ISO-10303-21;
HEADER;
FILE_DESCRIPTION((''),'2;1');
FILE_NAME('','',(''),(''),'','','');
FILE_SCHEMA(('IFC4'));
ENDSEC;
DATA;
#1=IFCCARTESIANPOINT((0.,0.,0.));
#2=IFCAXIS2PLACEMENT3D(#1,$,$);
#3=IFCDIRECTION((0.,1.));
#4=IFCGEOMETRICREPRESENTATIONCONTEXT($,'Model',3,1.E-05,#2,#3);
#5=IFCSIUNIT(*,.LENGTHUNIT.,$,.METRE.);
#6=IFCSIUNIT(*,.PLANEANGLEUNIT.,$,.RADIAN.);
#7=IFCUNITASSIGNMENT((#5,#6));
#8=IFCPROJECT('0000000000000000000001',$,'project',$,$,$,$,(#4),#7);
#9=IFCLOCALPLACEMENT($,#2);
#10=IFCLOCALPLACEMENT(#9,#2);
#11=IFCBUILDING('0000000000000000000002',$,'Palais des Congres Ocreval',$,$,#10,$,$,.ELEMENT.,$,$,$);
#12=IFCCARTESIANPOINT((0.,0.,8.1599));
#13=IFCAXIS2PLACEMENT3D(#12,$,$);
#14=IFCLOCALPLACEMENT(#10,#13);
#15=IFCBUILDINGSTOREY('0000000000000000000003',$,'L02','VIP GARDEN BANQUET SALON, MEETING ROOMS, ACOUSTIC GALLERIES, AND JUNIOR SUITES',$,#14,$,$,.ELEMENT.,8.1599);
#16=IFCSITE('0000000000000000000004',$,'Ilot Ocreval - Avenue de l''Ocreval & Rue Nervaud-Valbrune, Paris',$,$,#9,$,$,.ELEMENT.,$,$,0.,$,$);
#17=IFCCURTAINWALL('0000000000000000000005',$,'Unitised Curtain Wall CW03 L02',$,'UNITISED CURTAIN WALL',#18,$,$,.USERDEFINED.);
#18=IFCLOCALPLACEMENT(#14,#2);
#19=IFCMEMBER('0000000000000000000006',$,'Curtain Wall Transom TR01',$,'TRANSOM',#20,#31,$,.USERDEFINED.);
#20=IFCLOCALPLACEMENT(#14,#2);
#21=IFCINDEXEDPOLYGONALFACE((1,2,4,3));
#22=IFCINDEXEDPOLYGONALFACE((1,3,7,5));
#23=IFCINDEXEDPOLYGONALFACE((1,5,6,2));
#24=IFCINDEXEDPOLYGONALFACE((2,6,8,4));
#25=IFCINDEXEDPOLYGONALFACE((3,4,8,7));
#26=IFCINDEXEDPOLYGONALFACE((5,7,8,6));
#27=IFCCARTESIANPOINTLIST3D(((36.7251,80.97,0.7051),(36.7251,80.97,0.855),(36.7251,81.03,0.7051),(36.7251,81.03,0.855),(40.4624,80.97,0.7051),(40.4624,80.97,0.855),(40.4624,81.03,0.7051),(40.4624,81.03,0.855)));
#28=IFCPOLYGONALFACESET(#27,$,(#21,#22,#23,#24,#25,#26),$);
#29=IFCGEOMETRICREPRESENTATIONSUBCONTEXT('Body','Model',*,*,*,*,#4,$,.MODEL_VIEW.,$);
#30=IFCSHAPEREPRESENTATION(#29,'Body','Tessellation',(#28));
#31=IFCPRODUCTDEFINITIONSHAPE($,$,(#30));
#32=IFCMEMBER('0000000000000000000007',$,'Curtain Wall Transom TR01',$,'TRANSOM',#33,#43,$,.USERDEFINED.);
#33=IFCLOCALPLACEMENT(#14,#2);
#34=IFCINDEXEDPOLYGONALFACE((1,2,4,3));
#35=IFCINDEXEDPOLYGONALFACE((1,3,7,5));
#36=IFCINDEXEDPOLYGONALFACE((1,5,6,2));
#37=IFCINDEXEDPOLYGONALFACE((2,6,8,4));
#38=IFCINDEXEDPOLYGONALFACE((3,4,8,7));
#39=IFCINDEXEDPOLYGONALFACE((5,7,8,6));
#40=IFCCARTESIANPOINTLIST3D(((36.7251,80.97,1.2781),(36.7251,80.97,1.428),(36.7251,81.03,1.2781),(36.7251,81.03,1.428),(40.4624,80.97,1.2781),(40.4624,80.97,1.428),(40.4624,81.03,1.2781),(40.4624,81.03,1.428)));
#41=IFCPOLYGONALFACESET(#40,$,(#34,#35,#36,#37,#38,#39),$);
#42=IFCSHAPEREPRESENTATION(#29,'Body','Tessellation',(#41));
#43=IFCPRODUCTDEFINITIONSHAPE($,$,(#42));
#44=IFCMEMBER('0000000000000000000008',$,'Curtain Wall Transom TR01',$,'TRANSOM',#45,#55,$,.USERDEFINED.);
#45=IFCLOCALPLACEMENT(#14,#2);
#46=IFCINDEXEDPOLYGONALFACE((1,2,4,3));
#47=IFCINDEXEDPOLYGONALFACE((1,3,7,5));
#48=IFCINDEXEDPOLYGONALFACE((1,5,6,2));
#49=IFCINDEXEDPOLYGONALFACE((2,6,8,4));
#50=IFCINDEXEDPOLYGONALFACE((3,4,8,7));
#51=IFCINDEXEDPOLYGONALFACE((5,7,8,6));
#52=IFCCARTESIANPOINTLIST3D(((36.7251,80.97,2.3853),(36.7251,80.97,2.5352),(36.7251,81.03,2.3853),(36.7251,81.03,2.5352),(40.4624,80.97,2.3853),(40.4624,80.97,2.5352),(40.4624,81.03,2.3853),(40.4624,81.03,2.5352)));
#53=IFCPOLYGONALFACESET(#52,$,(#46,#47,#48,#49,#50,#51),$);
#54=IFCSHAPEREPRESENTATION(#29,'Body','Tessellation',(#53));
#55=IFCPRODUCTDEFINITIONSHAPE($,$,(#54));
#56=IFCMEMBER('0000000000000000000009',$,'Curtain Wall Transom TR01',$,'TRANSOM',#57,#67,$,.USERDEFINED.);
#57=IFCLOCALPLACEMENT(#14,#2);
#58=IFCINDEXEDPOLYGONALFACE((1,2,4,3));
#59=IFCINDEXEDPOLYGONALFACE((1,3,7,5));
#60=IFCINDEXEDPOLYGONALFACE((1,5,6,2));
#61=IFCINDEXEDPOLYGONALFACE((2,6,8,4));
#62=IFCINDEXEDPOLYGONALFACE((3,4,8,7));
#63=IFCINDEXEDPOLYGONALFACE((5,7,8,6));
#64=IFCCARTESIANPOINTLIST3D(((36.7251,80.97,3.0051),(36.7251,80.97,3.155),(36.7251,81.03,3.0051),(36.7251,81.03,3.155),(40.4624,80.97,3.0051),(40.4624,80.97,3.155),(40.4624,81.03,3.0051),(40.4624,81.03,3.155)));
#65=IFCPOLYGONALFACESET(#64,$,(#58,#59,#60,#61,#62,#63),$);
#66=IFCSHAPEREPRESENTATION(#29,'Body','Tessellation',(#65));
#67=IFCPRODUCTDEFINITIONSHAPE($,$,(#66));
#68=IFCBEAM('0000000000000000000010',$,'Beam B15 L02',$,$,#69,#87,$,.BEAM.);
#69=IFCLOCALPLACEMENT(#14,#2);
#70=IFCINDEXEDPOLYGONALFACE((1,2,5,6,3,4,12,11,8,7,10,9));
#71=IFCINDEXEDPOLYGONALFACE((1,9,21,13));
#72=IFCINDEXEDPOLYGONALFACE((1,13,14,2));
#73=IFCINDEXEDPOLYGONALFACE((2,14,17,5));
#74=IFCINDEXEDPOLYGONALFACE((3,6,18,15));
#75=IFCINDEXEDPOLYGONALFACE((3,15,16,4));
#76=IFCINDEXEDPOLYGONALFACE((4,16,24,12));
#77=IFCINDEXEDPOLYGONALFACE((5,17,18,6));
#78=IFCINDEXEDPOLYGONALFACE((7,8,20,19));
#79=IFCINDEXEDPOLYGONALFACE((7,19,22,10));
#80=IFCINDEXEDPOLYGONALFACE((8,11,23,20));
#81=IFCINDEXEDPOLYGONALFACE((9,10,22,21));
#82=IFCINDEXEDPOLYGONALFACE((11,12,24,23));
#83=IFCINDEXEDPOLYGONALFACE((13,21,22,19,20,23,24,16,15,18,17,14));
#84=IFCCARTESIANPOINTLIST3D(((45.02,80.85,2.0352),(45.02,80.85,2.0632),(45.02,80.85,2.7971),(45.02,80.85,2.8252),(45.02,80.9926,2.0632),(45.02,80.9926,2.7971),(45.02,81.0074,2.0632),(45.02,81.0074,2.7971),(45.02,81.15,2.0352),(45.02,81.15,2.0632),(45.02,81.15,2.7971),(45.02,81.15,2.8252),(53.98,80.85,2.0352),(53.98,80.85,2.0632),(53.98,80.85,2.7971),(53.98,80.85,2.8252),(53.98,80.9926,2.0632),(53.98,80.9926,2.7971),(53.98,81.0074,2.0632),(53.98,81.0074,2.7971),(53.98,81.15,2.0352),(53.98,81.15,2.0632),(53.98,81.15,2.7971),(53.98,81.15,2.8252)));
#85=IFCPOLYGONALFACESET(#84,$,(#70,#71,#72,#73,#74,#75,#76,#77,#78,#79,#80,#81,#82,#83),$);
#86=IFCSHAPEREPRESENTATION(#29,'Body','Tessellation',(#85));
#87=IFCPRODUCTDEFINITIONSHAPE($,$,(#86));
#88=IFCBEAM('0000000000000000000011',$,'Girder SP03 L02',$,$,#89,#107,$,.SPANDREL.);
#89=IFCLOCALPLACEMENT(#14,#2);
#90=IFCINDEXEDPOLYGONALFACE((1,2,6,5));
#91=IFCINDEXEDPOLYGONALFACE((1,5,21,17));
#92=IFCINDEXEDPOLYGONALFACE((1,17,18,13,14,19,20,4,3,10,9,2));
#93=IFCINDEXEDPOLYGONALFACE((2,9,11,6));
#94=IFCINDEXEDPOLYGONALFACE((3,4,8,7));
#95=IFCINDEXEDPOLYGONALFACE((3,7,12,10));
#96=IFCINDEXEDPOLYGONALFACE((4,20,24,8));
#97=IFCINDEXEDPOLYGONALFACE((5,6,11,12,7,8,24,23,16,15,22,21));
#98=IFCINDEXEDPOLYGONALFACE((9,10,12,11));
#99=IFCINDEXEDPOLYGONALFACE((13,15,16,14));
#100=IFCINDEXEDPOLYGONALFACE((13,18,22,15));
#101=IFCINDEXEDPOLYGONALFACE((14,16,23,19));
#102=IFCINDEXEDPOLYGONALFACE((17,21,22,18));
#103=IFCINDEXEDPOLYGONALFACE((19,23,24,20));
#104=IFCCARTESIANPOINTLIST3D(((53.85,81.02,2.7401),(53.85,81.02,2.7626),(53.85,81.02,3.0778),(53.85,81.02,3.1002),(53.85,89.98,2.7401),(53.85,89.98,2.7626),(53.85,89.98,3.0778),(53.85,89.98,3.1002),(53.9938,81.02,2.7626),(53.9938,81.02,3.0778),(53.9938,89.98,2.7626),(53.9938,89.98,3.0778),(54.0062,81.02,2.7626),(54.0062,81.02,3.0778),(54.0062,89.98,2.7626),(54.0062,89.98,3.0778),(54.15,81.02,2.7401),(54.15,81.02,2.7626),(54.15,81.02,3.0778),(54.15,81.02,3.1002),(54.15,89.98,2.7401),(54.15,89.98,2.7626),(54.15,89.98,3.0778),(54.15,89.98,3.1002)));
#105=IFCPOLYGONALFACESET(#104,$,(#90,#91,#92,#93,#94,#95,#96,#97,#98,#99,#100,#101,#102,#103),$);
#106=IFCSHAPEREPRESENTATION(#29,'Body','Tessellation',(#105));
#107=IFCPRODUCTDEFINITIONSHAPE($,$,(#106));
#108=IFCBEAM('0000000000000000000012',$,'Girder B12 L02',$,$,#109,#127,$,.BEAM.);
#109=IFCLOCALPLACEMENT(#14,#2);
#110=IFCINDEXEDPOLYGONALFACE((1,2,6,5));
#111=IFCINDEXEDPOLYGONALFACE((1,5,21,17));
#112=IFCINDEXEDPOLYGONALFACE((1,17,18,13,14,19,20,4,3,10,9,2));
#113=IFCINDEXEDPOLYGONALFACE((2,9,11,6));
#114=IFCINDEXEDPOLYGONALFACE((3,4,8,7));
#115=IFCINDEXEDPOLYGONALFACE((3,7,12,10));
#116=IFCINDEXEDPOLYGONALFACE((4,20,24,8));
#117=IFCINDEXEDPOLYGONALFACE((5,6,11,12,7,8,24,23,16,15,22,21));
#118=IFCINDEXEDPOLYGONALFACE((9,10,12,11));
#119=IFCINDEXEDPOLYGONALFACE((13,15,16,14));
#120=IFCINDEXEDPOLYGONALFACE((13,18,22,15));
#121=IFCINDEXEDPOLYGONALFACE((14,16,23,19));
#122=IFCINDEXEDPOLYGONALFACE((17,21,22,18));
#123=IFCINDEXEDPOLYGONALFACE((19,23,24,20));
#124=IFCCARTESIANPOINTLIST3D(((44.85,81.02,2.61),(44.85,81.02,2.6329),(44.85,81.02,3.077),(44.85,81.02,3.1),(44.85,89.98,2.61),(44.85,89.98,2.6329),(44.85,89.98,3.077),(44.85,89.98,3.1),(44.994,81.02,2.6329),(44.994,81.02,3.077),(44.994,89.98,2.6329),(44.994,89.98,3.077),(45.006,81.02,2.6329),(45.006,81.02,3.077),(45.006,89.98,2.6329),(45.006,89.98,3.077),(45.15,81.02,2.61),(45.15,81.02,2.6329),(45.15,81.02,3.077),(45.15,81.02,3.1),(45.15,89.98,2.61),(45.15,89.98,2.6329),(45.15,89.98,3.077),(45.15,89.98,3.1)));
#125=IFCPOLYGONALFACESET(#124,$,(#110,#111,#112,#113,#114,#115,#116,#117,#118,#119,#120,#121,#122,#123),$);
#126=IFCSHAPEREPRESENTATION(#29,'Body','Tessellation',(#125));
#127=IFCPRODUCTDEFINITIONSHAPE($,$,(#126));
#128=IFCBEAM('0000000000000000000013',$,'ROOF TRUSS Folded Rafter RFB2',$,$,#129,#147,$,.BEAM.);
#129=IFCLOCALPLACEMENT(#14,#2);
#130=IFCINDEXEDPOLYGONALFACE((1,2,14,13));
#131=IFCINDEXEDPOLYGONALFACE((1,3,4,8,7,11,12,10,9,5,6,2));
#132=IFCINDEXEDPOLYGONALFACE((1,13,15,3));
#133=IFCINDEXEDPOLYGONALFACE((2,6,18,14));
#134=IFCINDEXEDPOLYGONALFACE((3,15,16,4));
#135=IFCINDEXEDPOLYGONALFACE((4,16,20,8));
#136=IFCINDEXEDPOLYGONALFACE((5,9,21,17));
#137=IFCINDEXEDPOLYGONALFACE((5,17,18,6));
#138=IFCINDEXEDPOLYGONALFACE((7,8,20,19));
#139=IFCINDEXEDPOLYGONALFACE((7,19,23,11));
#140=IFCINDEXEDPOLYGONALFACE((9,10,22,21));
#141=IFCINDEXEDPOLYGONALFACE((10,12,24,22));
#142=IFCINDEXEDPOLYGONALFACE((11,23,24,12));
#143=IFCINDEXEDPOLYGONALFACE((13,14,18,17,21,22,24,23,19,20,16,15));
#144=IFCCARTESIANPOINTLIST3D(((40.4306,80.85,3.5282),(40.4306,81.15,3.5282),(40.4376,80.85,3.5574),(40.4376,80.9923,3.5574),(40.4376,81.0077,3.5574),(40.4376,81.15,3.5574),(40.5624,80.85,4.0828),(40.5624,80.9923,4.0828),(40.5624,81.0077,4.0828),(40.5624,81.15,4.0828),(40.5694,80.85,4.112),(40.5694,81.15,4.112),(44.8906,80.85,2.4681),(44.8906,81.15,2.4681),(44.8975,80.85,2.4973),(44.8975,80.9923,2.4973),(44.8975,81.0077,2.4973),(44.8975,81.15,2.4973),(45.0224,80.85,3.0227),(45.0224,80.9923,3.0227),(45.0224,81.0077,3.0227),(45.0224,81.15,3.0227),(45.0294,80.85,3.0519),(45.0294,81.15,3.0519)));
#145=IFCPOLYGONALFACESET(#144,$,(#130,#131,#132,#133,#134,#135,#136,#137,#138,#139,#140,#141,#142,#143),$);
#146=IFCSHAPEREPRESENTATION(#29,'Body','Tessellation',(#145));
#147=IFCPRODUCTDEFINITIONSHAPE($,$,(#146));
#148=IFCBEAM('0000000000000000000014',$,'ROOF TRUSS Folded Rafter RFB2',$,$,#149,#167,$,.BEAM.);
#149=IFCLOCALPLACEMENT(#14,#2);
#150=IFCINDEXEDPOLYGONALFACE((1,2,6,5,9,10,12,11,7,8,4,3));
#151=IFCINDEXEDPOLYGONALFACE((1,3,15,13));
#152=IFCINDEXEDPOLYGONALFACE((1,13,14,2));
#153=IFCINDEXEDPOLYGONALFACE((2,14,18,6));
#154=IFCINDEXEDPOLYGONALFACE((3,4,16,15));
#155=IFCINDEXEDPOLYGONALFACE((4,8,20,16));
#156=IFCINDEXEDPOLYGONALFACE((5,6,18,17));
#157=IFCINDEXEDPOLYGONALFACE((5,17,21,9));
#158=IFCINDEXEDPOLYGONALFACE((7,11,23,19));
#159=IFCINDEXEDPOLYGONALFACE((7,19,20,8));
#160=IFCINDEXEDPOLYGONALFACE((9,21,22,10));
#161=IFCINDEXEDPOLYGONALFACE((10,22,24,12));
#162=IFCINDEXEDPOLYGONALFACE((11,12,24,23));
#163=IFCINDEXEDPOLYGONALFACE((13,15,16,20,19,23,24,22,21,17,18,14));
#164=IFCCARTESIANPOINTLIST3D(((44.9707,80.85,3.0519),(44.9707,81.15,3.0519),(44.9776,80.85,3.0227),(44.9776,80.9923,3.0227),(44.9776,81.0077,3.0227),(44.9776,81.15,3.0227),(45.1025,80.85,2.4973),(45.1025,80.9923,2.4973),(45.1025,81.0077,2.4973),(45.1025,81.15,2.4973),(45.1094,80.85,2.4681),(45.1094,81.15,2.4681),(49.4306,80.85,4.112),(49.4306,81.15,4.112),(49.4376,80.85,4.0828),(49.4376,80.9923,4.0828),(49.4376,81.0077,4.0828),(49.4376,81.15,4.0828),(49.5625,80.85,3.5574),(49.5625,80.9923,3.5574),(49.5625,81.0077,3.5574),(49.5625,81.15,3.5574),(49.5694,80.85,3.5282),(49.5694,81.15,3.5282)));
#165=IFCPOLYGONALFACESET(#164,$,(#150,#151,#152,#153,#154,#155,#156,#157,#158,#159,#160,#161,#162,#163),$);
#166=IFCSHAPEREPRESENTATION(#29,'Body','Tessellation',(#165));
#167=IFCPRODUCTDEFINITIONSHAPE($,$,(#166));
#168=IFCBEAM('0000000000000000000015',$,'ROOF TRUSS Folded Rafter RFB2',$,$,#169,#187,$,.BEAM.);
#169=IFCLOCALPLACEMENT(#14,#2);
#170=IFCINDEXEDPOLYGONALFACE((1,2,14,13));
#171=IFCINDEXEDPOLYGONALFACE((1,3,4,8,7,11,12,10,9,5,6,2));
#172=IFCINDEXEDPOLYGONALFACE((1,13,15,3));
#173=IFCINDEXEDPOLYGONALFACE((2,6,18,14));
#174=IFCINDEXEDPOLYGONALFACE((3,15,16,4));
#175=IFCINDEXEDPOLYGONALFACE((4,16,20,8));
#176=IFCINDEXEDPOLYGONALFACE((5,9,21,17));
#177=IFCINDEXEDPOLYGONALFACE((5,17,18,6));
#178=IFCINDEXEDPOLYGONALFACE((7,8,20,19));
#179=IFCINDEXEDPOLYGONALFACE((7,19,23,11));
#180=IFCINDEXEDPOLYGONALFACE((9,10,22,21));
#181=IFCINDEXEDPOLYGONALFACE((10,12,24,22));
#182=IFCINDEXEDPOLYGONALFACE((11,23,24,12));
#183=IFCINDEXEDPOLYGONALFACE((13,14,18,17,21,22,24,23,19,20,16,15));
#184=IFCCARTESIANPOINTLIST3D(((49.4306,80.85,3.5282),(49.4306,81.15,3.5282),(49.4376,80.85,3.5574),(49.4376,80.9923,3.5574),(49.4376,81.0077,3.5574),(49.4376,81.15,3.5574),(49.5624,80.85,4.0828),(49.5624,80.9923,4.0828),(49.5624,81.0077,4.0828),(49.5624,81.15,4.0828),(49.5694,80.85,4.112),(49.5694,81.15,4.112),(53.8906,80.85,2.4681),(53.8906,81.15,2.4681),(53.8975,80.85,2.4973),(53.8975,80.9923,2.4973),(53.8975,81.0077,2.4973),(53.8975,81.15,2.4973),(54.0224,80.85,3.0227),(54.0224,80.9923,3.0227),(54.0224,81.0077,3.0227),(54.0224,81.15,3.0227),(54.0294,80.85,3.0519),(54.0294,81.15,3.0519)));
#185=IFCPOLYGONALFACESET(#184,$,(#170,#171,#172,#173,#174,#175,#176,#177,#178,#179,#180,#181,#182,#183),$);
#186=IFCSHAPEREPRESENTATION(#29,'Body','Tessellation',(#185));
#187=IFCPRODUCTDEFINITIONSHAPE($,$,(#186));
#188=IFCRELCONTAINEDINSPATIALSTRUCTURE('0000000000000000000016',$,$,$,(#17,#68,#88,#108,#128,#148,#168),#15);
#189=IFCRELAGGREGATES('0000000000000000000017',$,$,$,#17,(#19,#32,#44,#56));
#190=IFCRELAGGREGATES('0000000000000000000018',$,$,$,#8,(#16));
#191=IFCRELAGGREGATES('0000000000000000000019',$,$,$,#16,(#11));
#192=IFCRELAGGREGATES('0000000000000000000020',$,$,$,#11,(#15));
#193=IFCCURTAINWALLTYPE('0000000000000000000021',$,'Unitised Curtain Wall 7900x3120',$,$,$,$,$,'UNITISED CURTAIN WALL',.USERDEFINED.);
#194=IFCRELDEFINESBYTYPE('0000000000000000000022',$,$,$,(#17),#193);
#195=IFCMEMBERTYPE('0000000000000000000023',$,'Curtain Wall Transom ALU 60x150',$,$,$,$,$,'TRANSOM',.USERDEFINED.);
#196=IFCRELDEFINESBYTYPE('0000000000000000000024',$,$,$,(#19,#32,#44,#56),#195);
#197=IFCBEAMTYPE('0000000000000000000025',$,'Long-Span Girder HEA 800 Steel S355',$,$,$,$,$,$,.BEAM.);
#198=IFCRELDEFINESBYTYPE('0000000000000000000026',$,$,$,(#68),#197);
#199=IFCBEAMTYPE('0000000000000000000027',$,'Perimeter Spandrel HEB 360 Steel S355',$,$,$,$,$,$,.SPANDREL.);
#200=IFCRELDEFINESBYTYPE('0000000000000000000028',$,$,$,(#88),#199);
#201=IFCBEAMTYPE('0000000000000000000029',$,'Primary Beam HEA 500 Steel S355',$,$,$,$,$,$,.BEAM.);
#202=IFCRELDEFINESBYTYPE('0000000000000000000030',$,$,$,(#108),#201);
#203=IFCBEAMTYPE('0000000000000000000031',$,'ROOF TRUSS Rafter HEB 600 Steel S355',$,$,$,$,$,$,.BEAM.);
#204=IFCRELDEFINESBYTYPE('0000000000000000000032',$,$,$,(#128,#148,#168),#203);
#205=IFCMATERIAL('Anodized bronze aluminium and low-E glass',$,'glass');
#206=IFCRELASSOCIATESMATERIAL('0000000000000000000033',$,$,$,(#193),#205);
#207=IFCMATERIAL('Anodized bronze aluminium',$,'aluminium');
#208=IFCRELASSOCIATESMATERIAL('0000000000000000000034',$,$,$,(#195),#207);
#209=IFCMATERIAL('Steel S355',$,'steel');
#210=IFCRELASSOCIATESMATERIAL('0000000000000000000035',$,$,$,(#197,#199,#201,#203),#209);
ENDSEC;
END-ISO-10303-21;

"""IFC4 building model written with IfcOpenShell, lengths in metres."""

from ifc_helpers import new_model, si_unit, direction, frame, origin, origin_2d, place, context, subcontext, project, spatial, rectangle, i_section, extrude, material, material_profile, profile_set, type_object, element, aggregate, save


model = new_model("IFC4")

# Units and contexts
model_context = context("Model", 3, precision=1e-05, world=origin(), true_north=direction((0.0, 1.0)))
body_context = subcontext(model_context, "Body", "Model", "MODEL_VIEW")
ifc_project = project(units=[si_unit("LENGTHUNIT", "METRE"), si_unit("PLANEANGLEUNIT", "RADIAN")], contexts=[model_context])

# Site, building, storey
site_placement = place(None, origin())
site = spatial("IfcSite", under=ifc_project, at=site_placement, Name="Ilot Ocreval - Avenue de l'Ocreval & Rue Nervaud-Valbrune, Paris", CompositionType="ELEMENT", RefElevation=0.0)
building_placement = place(site_placement, origin())
building = spatial("IfcBuilding", under=site, at=building_placement, Name="Palais des Congres Ocreval", CompositionType="ELEMENT")
storey_placement = place(building_placement, frame((0.0, 0.0, 8.1599)))
storey = spatial("IfcBuildingStorey", under=building, at=storey_placement, Name="L02", Description="VIP GARDEN BANQUET SALON, MEETING ROOMS, ACOUSTIC GALLERIES, AND JUNIOR SUITES", CompositionType="ELEMENT", Elevation=8.1599)

# Shared definitions
ifc_material_1 = material(Name="Steel S355", Category="steel")

# Curtain wall, members
ifc_material_2 = material(Name="Anodized bronze aluminium and low-E glass", Category="glass")
curtain_wall_type = type_object("IfcCurtainWallType", Name="Unitised Curtain Wall 7900x3120", ElementType="UNITISED CURTAIN WALL", PredefinedType="USERDEFINED", material=ifc_material_2)
curtain_wall_placement = place(storey_placement, origin())
curtain_wall = element("IfcCurtainWall", 1, at=curtain_wall_placement, inside=storey, type_object=curtain_wall_type, Name="Unitised Curtain Wall CW03 L02", ObjectType="UNITISED CURTAIN WALL", PredefinedType="USERDEFINED")
ifc_material_3 = material(Name="Anodized bronze aluminium", Category="aluminium")
ifc_material_profile_1 = material_profile(ifc_material_3, rectangle(XDim=0.0601, YDim=0.1499, at=origin_2d()), Name="ALU 60x150")
ifc_profile_set_1 = profile_set([ifc_material_profile_1], Name="Anodized bronze aluminium")
member_type_1 = type_object("IfcMemberType", Name="Curtain Wall Transom ALU 60x150", ElementType="TRANSOM", PredefinedType="USERDEFINED", material=ifc_profile_set_1)
member_1_placement = place(storey_placement, frame((40.4624, 81.0, 0.78), z_axis=(-1.0, 0.0, 0.0), x_axis=(0.0, -1.0, 0.0)))
member_1 = element("IfcMember", 2, at=member_1_placement, type_object=member_type_1, Name="Curtain Wall Transom TR01", ObjectType="TRANSOM", PredefinedType="USERDEFINED", context=body_context, shape_type="SweptSolid", body=[
    extrude(rectangle(XDim=0.0601, YDim=0.1499, at=origin_2d()), origin(), (0.0, 0.0, 1.0), 3.7373),
])
member_2_placement = place(storey_placement, frame((40.4624, 81.0, 1.353), z_axis=(-1.0, 0.0, 0.0), x_axis=(0.0, -1.0, 0.0)))
member_2 = element("IfcMember", 3, at=member_2_placement, type_object=member_type_1, Name="Curtain Wall Transom TR01", ObjectType="TRANSOM", PredefinedType="USERDEFINED", context=body_context, shape_type="SweptSolid", body=[
    extrude(rectangle(XDim=0.0601, YDim=0.1499, at=origin_2d()), origin(), (0.0, 0.0, 1.0), 3.7373),
])
member_3_placement = place(storey_placement, frame((40.4624, 81.0, 2.4602), z_axis=(-1.0, 0.0, 0.0), x_axis=(0.0, -1.0, 0.0)))
member_3 = element("IfcMember", 4, at=member_3_placement, type_object=member_type_1, Name="Curtain Wall Transom TR01", ObjectType="TRANSOM", PredefinedType="USERDEFINED", context=body_context, shape_type="SweptSolid", body=[
    extrude(rectangle(XDim=0.0601, YDim=0.1499, at=origin_2d()), origin(), (0.0, 0.0, 1.0), 3.7373),
])
member_4_placement = place(storey_placement, frame((40.4624, 81.0, 3.0801), z_axis=(-1.0, 0.0, 0.0), x_axis=(0.0, -1.0, 0.0)))
member_4 = element("IfcMember", 5, at=member_4_placement, type_object=member_type_1, Name="Curtain Wall Transom TR01", ObjectType="TRANSOM", PredefinedType="USERDEFINED", context=body_context, shape_type="SweptSolid", body=[
    extrude(rectangle(XDim=0.0601, YDim=0.1499, at=origin_2d()), origin(), (0.0, 0.0, 1.0), 3.7373),
])

# Beams
ifc_material_profile_2 = material_profile(ifc_material_1, i_section(OverallWidth=0.3, OverallDepth=0.79, WebThickness=0.0149, FlangeThickness=0.0281, at=origin_2d()), Name="HEA 800")
ifc_profile_set_2 = profile_set([ifc_material_profile_2], Name="Steel S355")
beam_type_1 = type_object("IfcBeamType", Name="Long-Span Girder HEA 800 Steel S355", PredefinedType="BEAM", material=ifc_profile_set_2)
beam_1_placement = place(storey_placement, frame((45.02, 81.0, 2.4302), z_axis=(1.0, 0.0, 0.0), x_axis=(0.0, 1.0, 0.0)))
element("IfcBeam", 6, at=beam_1_placement, inside=storey, type_object=beam_type_1, Name="Beam B15 L02", PredefinedType="BEAM", context=body_context, shape_type="SweptSolid", body=[
    extrude(i_section(OverallWidth=0.3, OverallDepth=0.79, WebThickness=0.0149, FlangeThickness=0.0281, at=origin_2d()), origin(), (0.0, 0.0, 1.0), 8.96),
])
ifc_material_profile_3 = material_profile(ifc_material_1, i_section(OverallWidth=0.3, OverallDepth=0.3601, WebThickness=0.0125, FlangeThickness=0.0225, at=origin_2d()), Name="HEB 360")
ifc_profile_set_3 = profile_set([ifc_material_profile_3], Name="Steel S355")
beam_type_2 = type_object("IfcBeamType", Name="Perimeter Spandrel HEB 360 Steel S355", PredefinedType="SPANDREL", material=ifc_profile_set_3)
beam_2_placement = place(storey_placement, frame((54.0, 81.02, 2.9202), z_axis=(0.0, 1.0, 0.0), x_axis=(-1.0, 0.0, 0.0)))
element("IfcBeam", 7, at=beam_2_placement, inside=storey, type_object=beam_type_2, Name="Girder SP03 L02", PredefinedType="SPANDREL", context=body_context, shape_type="SweptSolid", body=[
    extrude(i_section(OverallWidth=0.3, OverallDepth=0.3601, WebThickness=0.0125, FlangeThickness=0.0225, at=origin_2d()), origin(), (0.0, 0.0, 1.0), 8.96),
])
ifc_material_profile_4 = material_profile(ifc_material_1, i_section(OverallWidth=0.3, OverallDepth=0.49, WebThickness=0.012, FlangeThickness=0.0229, at=origin_2d()), Name="HEA 500")
ifc_profile_set_4 = profile_set([ifc_material_profile_4], Name="Steel S355")
beam_type_3 = type_object("IfcBeamType", Name="Primary Beam HEA 500 Steel S355", PredefinedType="BEAM", material=ifc_profile_set_4)
beam_3_placement = place(storey_placement, frame((45.0, 81.02, 2.855), z_axis=(0.0, 1.0, 0.0), x_axis=(-1.0, 0.0, 0.0)))
element("IfcBeam", 8, at=beam_3_placement, inside=storey, type_object=beam_type_3, Name="Girder B12 L02", PredefinedType="BEAM", context=body_context, shape_type="SweptSolid", body=[
    extrude(i_section(OverallWidth=0.3, OverallDepth=0.49, WebThickness=0.012, FlangeThickness=0.0229, at=origin_2d()), origin(), (0.0, 0.0, 1.0), 8.96),
])
ifc_material_profile_5 = material_profile(ifc_material_1, i_section(OverallWidth=0.3, OverallDepth=0.6001, WebThickness=0.0154, FlangeThickness=0.03, at=origin_2d()), Name="HEB 600")
ifc_profile_set_5 = profile_set([ifc_material_profile_5], Name="Steel S355")
beam_type_4 = type_object("IfcBeamType", Name="ROOF TRUSS Rafter HEB 600 Steel S355", PredefinedType="BEAM", material=ifc_profile_set_5)
for number, where, z_axis, x_axis, name in (
    (9, (40.5, 81.0, 3.8201), (0.972896, 0.0, -0.231241), (0.0, 1.0, 0.0), "ROOF TRUSS Folded Rafter RFB2"),
    (10, (45.04, 81.0, 2.76), (0.972896, 0.0, 0.231241), (0.0, 1.0, 0.0), "ROOF TRUSS Folded Rafter RFB2"),
    (11, (49.5, 81.0, 3.8201), (0.972896, 0.0, -0.231241), (0.0, 1.0, 0.0), "ROOF TRUSS Folded Rafter RFB2"),
):
    element("IfcBeam", number, at=place(storey_placement, frame(where, z_axis=z_axis, x_axis=x_axis)), inside=storey, type_object=beam_type_4, Name=name, PredefinedType="BEAM", context=body_context, shape_type="SweptSolid", body=[
        extrude(i_section(OverallWidth=0.3, OverallDepth=0.6001, WebThickness=0.0154, FlangeThickness=0.03, at=origin_2d()), origin(), (0.0, 0.0, 1.0), 4.5842),
    ])

aggregate(curtain_wall, [member_1, member_2, member_3, member_4])

save(model, "model.ifc")
